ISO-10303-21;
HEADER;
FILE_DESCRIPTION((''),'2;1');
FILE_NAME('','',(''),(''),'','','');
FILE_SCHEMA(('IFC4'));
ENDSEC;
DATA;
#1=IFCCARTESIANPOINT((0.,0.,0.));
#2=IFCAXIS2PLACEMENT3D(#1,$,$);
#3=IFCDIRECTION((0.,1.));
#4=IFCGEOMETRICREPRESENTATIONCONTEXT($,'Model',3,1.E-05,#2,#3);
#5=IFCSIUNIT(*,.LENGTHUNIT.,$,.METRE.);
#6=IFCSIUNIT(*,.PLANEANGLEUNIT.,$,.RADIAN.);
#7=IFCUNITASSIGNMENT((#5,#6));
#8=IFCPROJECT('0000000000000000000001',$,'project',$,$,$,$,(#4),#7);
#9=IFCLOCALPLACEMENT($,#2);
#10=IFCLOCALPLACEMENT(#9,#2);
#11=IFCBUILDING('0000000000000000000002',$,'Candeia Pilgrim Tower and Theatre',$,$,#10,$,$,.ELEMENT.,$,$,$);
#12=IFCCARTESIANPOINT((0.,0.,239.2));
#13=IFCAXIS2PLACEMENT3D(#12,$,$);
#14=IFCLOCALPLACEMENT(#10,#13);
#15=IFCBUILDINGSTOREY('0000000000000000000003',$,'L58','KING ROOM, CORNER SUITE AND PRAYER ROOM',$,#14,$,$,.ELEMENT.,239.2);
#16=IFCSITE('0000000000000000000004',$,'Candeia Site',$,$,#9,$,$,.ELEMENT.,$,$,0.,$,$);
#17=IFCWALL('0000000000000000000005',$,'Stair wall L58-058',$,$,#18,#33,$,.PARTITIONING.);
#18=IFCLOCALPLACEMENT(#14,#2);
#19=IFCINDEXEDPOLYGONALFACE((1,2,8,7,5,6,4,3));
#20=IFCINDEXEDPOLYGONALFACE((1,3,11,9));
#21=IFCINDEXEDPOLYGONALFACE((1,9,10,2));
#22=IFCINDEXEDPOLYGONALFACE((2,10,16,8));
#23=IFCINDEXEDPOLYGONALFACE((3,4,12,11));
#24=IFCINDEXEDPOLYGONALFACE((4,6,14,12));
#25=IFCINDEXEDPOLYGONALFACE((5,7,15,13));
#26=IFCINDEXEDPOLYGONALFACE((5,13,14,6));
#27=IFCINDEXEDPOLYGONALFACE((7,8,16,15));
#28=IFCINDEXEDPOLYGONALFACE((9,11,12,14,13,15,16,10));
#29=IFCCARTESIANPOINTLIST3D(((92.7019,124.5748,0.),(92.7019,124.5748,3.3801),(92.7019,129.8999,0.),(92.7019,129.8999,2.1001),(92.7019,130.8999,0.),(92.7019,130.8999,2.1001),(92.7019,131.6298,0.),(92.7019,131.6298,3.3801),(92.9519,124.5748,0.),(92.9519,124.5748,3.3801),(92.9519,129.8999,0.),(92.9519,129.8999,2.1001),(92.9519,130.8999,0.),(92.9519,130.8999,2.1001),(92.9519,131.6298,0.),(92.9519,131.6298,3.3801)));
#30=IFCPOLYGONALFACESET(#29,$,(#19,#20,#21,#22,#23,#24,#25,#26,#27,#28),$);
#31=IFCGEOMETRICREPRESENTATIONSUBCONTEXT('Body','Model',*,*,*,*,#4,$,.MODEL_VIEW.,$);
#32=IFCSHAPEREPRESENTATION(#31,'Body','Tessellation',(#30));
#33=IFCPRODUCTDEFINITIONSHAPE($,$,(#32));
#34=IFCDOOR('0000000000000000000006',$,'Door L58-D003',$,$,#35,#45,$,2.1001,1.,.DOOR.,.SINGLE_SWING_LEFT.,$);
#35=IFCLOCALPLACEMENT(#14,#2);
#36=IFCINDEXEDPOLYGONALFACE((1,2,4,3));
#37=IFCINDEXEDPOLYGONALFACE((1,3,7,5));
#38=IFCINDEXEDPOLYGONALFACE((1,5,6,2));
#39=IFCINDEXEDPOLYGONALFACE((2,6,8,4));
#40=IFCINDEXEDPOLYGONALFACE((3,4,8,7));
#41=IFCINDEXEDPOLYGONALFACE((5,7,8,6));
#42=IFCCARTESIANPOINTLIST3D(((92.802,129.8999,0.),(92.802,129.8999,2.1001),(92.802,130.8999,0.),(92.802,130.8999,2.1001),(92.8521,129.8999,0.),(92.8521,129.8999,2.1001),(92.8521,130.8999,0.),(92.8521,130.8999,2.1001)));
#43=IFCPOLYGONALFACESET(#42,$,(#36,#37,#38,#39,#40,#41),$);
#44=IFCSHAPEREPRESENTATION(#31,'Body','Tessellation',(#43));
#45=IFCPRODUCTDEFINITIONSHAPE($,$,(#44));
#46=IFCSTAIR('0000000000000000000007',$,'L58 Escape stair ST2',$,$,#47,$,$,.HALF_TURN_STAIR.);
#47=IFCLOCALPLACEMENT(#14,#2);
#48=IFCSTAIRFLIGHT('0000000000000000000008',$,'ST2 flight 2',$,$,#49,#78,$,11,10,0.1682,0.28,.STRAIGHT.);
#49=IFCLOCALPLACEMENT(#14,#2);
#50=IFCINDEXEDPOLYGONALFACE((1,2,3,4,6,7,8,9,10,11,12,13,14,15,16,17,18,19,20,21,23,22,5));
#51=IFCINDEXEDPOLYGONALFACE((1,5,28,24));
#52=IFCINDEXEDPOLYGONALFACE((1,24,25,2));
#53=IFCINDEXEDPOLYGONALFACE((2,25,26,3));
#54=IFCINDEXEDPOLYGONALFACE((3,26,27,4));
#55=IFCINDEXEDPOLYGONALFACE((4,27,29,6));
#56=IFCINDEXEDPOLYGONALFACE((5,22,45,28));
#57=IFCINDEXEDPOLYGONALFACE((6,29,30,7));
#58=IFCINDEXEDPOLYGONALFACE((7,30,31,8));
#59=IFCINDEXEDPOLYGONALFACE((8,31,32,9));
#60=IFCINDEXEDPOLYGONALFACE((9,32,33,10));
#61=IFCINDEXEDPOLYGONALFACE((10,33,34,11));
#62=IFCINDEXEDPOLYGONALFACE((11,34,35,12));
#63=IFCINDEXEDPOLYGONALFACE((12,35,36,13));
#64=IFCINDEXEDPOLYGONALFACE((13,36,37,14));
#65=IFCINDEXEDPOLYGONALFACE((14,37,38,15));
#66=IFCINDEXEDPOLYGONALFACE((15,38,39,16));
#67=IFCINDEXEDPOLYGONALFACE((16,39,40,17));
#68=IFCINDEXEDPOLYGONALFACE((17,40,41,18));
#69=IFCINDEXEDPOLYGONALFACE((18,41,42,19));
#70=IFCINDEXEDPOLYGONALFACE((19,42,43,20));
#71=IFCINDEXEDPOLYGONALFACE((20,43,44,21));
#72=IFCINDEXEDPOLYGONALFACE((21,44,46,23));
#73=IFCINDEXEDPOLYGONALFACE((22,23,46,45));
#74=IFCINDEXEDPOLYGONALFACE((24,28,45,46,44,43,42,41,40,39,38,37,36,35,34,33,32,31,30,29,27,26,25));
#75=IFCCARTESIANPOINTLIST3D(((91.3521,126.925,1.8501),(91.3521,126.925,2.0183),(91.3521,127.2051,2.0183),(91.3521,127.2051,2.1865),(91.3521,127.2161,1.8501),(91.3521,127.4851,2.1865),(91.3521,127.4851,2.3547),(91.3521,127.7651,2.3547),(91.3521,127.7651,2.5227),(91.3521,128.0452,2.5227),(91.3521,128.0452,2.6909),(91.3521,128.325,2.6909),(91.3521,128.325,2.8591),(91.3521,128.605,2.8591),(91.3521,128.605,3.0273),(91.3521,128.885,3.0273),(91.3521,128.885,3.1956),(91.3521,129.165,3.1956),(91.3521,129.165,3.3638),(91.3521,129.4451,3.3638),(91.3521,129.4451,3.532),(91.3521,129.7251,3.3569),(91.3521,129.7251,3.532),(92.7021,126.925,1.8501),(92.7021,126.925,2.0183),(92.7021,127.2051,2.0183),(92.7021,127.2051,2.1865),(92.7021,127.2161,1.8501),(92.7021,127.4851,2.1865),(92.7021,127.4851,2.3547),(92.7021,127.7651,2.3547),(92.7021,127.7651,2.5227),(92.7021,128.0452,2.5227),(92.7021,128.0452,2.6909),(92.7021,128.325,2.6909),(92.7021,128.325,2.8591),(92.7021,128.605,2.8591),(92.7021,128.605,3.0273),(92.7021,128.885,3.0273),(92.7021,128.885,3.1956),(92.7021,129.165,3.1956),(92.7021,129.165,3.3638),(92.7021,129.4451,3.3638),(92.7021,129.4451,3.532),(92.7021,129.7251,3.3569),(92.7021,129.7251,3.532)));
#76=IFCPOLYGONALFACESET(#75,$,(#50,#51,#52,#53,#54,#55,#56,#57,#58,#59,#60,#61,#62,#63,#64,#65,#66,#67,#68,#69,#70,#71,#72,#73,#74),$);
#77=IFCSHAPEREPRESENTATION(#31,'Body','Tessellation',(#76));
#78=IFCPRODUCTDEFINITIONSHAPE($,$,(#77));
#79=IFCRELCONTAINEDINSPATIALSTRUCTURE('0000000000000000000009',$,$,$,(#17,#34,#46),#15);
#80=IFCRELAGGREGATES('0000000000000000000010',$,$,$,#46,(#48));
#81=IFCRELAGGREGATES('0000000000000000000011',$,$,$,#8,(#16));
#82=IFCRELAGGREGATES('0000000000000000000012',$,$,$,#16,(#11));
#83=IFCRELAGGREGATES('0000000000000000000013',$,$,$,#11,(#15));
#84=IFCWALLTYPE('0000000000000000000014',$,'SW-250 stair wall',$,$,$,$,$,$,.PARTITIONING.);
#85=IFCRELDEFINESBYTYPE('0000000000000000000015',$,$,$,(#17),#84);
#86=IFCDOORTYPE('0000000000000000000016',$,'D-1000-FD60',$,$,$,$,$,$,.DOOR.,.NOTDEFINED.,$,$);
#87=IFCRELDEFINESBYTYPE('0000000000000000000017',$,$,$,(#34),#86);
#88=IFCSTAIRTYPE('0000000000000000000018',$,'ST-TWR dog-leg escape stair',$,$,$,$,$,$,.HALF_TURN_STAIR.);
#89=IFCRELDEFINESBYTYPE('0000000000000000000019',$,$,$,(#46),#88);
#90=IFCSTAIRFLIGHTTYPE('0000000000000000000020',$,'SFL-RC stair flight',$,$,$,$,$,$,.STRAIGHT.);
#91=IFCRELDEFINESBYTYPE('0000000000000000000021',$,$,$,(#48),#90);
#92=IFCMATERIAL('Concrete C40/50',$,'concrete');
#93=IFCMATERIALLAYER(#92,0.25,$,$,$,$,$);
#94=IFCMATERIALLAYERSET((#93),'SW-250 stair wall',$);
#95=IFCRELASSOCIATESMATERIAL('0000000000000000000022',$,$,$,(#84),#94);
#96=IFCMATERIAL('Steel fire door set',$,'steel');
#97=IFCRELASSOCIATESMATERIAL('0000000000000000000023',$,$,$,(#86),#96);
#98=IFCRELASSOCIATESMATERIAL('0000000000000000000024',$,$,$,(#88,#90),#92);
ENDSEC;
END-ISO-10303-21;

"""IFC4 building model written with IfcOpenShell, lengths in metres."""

from ifc_helpers import new_model, si_unit, direction, frame, frame_2d, origin, place, context, subcontext, project, spatial, polyline, rectangle, outline, extrude, material, layer, layer_set, type_object, element, fill, aggregate, save


model = new_model("IFC4")

# Units and contexts
model_context = context("Model", 3, precision=1e-05, world=origin(), true_north=direction((0.0, 1.0)))
body_context = subcontext(model_context, "Body", "Model", "MODEL_VIEW")
ifc_project = project(units=[si_unit("LENGTHUNIT", "METRE"), si_unit("PLANEANGLEUNIT", "RADIAN")], contexts=[model_context])

# Site, building, storey
site_placement = place(None, origin())
site = spatial("IfcSite", under=ifc_project, at=site_placement, Name="Candeia Site", CompositionType="ELEMENT", RefElevation=0.0)
building_placement = place(site_placement, origin())
building = spatial("IfcBuilding", under=site, at=building_placement, Name="Candeia Pilgrim Tower and Theatre", CompositionType="ELEMENT")
storey_placement = place(building_placement, frame((0.0, 0.0, 239.2)))
storey = spatial("IfcBuildingStorey", under=building, at=storey_placement, Name="L58", Description="KING ROOM, CORNER SUITE AND PRAYER ROOM", CompositionType="ELEMENT", Elevation=239.2)

# Shared definitions
ifc_material_1 = material(Name="Steel fire door set", Category="steel")

# Shared definitions
ifc_material_2 = material(Name="Concrete C40/50", Category="concrete")

# Wall, opening, door
ifc_layer_1 = layer(ifc_material_2, 0.25)
ifc_layer_set_1 = layer_set([ifc_layer_1], Name="SW-250 stair wall")
wall_type_1 = type_object("IfcWallType", Name="SW-250 stair wall", PredefinedType="PARTITIONING", material=ifc_layer_set_1)
wall_1_placement = place(storey_placement, frame((92.8269, 124.575, 0.0), z_axis=(0.0, 0.0, 1.0), x_axis=(0.0, 1.0, 0.0)))
wall_1 = element("IfcWall", 1, at=wall_1_placement, inside=storey, type_object=wall_type_1, Name="Stair wall L58-058", PredefinedType="PARTITIONING", context=body_context, shape_type="SweptSolid", body=[
    extrude(rectangle(XDim=7.0549, YDim=0.25, at=frame_2d((3.5273, 0.0))), origin(), (0.0, 0.0, 1.0), 3.3801),
])
opening_1_placement = place(wall_1_placement, frame((5.325, 0.0, 0.0)))
opening_1 = element("IfcOpeningElement", 2, at=opening_1_placement, cuts=wall_1, PredefinedType="OPENING", context=body_context, shape_type="SweptSolid", body=[
    extrude(rectangle(XDim=1.0, YDim=2.1001, at=frame_2d((0.5, 1.05))), frame((0.0, 0.135, 0.0), z_axis=(0.0, -1.0, 0.0), x_axis=(1.0, 0.0, 0.0)), (0.0, 0.0, 1.0), 0.27),
])
door_type_1 = type_object("IfcDoorType", Name="D-1000-FD60", OperationType="NOTDEFINED", PredefinedType="DOOR", material=ifc_material_1)
door_1_placement = place(opening_1_placement, origin())
door_1 = element("IfcDoor", 3, at=door_1_placement, inside=storey, type_object=door_type_1, Name="Door L58-D003", OperationType="SINGLE_SWING_LEFT", OverallHeight=2.1001, OverallWidth=1.0, PredefinedType="DOOR", context=body_context, shape_type="SweptSolid", body=[
    extrude(rectangle(XDim=1.0, YDim=2.1001, at=frame_2d((0.5, 1.05))), frame((0.0, 0.0249, 0.0), z_axis=(0.0, -1.0, 0.0), x_axis=(1.0, 0.0, 0.0)), (0.0, 0.0, 1.0), 0.05),
])
fill(opening_1, door_1)

# Stair, stair flight
stair_type = type_object("IfcStairType", Name="ST-TWR dog-leg escape stair", PredefinedType="HALF_TURN_STAIR", material=ifc_material_2)
stair_placement = place(storey_placement, origin())
stair = element("IfcStair", 4, at=stair_placement, inside=storey, type_object=stair_type, Name="L58 Escape stair ST2", PredefinedType="HALF_TURN_STAIR")
stair_flight_type = type_object("IfcStairFlightType", Name="SFL-RC stair flight", PredefinedType="STRAIGHT", material=ifc_material_2)
stair_flight_placement = place(storey_placement, frame((92.0271, 126.925, 1.8501), z_axis=(0.0, 0.0, 1.0), x_axis=(0.0, 1.0, 0.0)))
stair_flight = element("IfcStairFlight", 5, at=stair_flight_placement, type_object=stair_flight_type, Name="ST2 flight 2", NumberOfRisers=11, NumberOfTreads=10, PredefinedType="STRAIGHT", RiserHeight=0.1682, TreadLength=0.28, context=body_context, shape_type="SweptSolid", body=[
    extrude(outline(polyline([(0.0, 0.0), (0.0, 0.1682), (0.28, 0.1682), (0.28, 0.3364), (0.5601, 0.3364), (0.5601, 0.5046), (0.8401, 0.5046), (0.8401, 0.6726), (1.1201, 0.6726), (1.1201, 0.8408), (1.3999, 0.8408), (1.3999, 1.009), (1.6799, 1.009), (1.6799, 1.1772), (1.96, 1.1772), (1.96, 1.3455), (2.24, 1.3455), (2.24, 1.5137), (2.52, 1.5137), (2.52, 1.6819), (2.8, 1.6819), (2.8, 1.8501), (2.8, 1.5068), (0.291, 0.0), (0.0, 0.0)])), frame((0.0, 0.675, 0.0), z_axis=(0.0, -1.0, 0.0), x_axis=(1.0, 0.0, 0.0)), (0.0, 0.0, 1.0), 1.3501),
])
aggregate(stair, [stair_flight])

save(model, "model.ifc")
